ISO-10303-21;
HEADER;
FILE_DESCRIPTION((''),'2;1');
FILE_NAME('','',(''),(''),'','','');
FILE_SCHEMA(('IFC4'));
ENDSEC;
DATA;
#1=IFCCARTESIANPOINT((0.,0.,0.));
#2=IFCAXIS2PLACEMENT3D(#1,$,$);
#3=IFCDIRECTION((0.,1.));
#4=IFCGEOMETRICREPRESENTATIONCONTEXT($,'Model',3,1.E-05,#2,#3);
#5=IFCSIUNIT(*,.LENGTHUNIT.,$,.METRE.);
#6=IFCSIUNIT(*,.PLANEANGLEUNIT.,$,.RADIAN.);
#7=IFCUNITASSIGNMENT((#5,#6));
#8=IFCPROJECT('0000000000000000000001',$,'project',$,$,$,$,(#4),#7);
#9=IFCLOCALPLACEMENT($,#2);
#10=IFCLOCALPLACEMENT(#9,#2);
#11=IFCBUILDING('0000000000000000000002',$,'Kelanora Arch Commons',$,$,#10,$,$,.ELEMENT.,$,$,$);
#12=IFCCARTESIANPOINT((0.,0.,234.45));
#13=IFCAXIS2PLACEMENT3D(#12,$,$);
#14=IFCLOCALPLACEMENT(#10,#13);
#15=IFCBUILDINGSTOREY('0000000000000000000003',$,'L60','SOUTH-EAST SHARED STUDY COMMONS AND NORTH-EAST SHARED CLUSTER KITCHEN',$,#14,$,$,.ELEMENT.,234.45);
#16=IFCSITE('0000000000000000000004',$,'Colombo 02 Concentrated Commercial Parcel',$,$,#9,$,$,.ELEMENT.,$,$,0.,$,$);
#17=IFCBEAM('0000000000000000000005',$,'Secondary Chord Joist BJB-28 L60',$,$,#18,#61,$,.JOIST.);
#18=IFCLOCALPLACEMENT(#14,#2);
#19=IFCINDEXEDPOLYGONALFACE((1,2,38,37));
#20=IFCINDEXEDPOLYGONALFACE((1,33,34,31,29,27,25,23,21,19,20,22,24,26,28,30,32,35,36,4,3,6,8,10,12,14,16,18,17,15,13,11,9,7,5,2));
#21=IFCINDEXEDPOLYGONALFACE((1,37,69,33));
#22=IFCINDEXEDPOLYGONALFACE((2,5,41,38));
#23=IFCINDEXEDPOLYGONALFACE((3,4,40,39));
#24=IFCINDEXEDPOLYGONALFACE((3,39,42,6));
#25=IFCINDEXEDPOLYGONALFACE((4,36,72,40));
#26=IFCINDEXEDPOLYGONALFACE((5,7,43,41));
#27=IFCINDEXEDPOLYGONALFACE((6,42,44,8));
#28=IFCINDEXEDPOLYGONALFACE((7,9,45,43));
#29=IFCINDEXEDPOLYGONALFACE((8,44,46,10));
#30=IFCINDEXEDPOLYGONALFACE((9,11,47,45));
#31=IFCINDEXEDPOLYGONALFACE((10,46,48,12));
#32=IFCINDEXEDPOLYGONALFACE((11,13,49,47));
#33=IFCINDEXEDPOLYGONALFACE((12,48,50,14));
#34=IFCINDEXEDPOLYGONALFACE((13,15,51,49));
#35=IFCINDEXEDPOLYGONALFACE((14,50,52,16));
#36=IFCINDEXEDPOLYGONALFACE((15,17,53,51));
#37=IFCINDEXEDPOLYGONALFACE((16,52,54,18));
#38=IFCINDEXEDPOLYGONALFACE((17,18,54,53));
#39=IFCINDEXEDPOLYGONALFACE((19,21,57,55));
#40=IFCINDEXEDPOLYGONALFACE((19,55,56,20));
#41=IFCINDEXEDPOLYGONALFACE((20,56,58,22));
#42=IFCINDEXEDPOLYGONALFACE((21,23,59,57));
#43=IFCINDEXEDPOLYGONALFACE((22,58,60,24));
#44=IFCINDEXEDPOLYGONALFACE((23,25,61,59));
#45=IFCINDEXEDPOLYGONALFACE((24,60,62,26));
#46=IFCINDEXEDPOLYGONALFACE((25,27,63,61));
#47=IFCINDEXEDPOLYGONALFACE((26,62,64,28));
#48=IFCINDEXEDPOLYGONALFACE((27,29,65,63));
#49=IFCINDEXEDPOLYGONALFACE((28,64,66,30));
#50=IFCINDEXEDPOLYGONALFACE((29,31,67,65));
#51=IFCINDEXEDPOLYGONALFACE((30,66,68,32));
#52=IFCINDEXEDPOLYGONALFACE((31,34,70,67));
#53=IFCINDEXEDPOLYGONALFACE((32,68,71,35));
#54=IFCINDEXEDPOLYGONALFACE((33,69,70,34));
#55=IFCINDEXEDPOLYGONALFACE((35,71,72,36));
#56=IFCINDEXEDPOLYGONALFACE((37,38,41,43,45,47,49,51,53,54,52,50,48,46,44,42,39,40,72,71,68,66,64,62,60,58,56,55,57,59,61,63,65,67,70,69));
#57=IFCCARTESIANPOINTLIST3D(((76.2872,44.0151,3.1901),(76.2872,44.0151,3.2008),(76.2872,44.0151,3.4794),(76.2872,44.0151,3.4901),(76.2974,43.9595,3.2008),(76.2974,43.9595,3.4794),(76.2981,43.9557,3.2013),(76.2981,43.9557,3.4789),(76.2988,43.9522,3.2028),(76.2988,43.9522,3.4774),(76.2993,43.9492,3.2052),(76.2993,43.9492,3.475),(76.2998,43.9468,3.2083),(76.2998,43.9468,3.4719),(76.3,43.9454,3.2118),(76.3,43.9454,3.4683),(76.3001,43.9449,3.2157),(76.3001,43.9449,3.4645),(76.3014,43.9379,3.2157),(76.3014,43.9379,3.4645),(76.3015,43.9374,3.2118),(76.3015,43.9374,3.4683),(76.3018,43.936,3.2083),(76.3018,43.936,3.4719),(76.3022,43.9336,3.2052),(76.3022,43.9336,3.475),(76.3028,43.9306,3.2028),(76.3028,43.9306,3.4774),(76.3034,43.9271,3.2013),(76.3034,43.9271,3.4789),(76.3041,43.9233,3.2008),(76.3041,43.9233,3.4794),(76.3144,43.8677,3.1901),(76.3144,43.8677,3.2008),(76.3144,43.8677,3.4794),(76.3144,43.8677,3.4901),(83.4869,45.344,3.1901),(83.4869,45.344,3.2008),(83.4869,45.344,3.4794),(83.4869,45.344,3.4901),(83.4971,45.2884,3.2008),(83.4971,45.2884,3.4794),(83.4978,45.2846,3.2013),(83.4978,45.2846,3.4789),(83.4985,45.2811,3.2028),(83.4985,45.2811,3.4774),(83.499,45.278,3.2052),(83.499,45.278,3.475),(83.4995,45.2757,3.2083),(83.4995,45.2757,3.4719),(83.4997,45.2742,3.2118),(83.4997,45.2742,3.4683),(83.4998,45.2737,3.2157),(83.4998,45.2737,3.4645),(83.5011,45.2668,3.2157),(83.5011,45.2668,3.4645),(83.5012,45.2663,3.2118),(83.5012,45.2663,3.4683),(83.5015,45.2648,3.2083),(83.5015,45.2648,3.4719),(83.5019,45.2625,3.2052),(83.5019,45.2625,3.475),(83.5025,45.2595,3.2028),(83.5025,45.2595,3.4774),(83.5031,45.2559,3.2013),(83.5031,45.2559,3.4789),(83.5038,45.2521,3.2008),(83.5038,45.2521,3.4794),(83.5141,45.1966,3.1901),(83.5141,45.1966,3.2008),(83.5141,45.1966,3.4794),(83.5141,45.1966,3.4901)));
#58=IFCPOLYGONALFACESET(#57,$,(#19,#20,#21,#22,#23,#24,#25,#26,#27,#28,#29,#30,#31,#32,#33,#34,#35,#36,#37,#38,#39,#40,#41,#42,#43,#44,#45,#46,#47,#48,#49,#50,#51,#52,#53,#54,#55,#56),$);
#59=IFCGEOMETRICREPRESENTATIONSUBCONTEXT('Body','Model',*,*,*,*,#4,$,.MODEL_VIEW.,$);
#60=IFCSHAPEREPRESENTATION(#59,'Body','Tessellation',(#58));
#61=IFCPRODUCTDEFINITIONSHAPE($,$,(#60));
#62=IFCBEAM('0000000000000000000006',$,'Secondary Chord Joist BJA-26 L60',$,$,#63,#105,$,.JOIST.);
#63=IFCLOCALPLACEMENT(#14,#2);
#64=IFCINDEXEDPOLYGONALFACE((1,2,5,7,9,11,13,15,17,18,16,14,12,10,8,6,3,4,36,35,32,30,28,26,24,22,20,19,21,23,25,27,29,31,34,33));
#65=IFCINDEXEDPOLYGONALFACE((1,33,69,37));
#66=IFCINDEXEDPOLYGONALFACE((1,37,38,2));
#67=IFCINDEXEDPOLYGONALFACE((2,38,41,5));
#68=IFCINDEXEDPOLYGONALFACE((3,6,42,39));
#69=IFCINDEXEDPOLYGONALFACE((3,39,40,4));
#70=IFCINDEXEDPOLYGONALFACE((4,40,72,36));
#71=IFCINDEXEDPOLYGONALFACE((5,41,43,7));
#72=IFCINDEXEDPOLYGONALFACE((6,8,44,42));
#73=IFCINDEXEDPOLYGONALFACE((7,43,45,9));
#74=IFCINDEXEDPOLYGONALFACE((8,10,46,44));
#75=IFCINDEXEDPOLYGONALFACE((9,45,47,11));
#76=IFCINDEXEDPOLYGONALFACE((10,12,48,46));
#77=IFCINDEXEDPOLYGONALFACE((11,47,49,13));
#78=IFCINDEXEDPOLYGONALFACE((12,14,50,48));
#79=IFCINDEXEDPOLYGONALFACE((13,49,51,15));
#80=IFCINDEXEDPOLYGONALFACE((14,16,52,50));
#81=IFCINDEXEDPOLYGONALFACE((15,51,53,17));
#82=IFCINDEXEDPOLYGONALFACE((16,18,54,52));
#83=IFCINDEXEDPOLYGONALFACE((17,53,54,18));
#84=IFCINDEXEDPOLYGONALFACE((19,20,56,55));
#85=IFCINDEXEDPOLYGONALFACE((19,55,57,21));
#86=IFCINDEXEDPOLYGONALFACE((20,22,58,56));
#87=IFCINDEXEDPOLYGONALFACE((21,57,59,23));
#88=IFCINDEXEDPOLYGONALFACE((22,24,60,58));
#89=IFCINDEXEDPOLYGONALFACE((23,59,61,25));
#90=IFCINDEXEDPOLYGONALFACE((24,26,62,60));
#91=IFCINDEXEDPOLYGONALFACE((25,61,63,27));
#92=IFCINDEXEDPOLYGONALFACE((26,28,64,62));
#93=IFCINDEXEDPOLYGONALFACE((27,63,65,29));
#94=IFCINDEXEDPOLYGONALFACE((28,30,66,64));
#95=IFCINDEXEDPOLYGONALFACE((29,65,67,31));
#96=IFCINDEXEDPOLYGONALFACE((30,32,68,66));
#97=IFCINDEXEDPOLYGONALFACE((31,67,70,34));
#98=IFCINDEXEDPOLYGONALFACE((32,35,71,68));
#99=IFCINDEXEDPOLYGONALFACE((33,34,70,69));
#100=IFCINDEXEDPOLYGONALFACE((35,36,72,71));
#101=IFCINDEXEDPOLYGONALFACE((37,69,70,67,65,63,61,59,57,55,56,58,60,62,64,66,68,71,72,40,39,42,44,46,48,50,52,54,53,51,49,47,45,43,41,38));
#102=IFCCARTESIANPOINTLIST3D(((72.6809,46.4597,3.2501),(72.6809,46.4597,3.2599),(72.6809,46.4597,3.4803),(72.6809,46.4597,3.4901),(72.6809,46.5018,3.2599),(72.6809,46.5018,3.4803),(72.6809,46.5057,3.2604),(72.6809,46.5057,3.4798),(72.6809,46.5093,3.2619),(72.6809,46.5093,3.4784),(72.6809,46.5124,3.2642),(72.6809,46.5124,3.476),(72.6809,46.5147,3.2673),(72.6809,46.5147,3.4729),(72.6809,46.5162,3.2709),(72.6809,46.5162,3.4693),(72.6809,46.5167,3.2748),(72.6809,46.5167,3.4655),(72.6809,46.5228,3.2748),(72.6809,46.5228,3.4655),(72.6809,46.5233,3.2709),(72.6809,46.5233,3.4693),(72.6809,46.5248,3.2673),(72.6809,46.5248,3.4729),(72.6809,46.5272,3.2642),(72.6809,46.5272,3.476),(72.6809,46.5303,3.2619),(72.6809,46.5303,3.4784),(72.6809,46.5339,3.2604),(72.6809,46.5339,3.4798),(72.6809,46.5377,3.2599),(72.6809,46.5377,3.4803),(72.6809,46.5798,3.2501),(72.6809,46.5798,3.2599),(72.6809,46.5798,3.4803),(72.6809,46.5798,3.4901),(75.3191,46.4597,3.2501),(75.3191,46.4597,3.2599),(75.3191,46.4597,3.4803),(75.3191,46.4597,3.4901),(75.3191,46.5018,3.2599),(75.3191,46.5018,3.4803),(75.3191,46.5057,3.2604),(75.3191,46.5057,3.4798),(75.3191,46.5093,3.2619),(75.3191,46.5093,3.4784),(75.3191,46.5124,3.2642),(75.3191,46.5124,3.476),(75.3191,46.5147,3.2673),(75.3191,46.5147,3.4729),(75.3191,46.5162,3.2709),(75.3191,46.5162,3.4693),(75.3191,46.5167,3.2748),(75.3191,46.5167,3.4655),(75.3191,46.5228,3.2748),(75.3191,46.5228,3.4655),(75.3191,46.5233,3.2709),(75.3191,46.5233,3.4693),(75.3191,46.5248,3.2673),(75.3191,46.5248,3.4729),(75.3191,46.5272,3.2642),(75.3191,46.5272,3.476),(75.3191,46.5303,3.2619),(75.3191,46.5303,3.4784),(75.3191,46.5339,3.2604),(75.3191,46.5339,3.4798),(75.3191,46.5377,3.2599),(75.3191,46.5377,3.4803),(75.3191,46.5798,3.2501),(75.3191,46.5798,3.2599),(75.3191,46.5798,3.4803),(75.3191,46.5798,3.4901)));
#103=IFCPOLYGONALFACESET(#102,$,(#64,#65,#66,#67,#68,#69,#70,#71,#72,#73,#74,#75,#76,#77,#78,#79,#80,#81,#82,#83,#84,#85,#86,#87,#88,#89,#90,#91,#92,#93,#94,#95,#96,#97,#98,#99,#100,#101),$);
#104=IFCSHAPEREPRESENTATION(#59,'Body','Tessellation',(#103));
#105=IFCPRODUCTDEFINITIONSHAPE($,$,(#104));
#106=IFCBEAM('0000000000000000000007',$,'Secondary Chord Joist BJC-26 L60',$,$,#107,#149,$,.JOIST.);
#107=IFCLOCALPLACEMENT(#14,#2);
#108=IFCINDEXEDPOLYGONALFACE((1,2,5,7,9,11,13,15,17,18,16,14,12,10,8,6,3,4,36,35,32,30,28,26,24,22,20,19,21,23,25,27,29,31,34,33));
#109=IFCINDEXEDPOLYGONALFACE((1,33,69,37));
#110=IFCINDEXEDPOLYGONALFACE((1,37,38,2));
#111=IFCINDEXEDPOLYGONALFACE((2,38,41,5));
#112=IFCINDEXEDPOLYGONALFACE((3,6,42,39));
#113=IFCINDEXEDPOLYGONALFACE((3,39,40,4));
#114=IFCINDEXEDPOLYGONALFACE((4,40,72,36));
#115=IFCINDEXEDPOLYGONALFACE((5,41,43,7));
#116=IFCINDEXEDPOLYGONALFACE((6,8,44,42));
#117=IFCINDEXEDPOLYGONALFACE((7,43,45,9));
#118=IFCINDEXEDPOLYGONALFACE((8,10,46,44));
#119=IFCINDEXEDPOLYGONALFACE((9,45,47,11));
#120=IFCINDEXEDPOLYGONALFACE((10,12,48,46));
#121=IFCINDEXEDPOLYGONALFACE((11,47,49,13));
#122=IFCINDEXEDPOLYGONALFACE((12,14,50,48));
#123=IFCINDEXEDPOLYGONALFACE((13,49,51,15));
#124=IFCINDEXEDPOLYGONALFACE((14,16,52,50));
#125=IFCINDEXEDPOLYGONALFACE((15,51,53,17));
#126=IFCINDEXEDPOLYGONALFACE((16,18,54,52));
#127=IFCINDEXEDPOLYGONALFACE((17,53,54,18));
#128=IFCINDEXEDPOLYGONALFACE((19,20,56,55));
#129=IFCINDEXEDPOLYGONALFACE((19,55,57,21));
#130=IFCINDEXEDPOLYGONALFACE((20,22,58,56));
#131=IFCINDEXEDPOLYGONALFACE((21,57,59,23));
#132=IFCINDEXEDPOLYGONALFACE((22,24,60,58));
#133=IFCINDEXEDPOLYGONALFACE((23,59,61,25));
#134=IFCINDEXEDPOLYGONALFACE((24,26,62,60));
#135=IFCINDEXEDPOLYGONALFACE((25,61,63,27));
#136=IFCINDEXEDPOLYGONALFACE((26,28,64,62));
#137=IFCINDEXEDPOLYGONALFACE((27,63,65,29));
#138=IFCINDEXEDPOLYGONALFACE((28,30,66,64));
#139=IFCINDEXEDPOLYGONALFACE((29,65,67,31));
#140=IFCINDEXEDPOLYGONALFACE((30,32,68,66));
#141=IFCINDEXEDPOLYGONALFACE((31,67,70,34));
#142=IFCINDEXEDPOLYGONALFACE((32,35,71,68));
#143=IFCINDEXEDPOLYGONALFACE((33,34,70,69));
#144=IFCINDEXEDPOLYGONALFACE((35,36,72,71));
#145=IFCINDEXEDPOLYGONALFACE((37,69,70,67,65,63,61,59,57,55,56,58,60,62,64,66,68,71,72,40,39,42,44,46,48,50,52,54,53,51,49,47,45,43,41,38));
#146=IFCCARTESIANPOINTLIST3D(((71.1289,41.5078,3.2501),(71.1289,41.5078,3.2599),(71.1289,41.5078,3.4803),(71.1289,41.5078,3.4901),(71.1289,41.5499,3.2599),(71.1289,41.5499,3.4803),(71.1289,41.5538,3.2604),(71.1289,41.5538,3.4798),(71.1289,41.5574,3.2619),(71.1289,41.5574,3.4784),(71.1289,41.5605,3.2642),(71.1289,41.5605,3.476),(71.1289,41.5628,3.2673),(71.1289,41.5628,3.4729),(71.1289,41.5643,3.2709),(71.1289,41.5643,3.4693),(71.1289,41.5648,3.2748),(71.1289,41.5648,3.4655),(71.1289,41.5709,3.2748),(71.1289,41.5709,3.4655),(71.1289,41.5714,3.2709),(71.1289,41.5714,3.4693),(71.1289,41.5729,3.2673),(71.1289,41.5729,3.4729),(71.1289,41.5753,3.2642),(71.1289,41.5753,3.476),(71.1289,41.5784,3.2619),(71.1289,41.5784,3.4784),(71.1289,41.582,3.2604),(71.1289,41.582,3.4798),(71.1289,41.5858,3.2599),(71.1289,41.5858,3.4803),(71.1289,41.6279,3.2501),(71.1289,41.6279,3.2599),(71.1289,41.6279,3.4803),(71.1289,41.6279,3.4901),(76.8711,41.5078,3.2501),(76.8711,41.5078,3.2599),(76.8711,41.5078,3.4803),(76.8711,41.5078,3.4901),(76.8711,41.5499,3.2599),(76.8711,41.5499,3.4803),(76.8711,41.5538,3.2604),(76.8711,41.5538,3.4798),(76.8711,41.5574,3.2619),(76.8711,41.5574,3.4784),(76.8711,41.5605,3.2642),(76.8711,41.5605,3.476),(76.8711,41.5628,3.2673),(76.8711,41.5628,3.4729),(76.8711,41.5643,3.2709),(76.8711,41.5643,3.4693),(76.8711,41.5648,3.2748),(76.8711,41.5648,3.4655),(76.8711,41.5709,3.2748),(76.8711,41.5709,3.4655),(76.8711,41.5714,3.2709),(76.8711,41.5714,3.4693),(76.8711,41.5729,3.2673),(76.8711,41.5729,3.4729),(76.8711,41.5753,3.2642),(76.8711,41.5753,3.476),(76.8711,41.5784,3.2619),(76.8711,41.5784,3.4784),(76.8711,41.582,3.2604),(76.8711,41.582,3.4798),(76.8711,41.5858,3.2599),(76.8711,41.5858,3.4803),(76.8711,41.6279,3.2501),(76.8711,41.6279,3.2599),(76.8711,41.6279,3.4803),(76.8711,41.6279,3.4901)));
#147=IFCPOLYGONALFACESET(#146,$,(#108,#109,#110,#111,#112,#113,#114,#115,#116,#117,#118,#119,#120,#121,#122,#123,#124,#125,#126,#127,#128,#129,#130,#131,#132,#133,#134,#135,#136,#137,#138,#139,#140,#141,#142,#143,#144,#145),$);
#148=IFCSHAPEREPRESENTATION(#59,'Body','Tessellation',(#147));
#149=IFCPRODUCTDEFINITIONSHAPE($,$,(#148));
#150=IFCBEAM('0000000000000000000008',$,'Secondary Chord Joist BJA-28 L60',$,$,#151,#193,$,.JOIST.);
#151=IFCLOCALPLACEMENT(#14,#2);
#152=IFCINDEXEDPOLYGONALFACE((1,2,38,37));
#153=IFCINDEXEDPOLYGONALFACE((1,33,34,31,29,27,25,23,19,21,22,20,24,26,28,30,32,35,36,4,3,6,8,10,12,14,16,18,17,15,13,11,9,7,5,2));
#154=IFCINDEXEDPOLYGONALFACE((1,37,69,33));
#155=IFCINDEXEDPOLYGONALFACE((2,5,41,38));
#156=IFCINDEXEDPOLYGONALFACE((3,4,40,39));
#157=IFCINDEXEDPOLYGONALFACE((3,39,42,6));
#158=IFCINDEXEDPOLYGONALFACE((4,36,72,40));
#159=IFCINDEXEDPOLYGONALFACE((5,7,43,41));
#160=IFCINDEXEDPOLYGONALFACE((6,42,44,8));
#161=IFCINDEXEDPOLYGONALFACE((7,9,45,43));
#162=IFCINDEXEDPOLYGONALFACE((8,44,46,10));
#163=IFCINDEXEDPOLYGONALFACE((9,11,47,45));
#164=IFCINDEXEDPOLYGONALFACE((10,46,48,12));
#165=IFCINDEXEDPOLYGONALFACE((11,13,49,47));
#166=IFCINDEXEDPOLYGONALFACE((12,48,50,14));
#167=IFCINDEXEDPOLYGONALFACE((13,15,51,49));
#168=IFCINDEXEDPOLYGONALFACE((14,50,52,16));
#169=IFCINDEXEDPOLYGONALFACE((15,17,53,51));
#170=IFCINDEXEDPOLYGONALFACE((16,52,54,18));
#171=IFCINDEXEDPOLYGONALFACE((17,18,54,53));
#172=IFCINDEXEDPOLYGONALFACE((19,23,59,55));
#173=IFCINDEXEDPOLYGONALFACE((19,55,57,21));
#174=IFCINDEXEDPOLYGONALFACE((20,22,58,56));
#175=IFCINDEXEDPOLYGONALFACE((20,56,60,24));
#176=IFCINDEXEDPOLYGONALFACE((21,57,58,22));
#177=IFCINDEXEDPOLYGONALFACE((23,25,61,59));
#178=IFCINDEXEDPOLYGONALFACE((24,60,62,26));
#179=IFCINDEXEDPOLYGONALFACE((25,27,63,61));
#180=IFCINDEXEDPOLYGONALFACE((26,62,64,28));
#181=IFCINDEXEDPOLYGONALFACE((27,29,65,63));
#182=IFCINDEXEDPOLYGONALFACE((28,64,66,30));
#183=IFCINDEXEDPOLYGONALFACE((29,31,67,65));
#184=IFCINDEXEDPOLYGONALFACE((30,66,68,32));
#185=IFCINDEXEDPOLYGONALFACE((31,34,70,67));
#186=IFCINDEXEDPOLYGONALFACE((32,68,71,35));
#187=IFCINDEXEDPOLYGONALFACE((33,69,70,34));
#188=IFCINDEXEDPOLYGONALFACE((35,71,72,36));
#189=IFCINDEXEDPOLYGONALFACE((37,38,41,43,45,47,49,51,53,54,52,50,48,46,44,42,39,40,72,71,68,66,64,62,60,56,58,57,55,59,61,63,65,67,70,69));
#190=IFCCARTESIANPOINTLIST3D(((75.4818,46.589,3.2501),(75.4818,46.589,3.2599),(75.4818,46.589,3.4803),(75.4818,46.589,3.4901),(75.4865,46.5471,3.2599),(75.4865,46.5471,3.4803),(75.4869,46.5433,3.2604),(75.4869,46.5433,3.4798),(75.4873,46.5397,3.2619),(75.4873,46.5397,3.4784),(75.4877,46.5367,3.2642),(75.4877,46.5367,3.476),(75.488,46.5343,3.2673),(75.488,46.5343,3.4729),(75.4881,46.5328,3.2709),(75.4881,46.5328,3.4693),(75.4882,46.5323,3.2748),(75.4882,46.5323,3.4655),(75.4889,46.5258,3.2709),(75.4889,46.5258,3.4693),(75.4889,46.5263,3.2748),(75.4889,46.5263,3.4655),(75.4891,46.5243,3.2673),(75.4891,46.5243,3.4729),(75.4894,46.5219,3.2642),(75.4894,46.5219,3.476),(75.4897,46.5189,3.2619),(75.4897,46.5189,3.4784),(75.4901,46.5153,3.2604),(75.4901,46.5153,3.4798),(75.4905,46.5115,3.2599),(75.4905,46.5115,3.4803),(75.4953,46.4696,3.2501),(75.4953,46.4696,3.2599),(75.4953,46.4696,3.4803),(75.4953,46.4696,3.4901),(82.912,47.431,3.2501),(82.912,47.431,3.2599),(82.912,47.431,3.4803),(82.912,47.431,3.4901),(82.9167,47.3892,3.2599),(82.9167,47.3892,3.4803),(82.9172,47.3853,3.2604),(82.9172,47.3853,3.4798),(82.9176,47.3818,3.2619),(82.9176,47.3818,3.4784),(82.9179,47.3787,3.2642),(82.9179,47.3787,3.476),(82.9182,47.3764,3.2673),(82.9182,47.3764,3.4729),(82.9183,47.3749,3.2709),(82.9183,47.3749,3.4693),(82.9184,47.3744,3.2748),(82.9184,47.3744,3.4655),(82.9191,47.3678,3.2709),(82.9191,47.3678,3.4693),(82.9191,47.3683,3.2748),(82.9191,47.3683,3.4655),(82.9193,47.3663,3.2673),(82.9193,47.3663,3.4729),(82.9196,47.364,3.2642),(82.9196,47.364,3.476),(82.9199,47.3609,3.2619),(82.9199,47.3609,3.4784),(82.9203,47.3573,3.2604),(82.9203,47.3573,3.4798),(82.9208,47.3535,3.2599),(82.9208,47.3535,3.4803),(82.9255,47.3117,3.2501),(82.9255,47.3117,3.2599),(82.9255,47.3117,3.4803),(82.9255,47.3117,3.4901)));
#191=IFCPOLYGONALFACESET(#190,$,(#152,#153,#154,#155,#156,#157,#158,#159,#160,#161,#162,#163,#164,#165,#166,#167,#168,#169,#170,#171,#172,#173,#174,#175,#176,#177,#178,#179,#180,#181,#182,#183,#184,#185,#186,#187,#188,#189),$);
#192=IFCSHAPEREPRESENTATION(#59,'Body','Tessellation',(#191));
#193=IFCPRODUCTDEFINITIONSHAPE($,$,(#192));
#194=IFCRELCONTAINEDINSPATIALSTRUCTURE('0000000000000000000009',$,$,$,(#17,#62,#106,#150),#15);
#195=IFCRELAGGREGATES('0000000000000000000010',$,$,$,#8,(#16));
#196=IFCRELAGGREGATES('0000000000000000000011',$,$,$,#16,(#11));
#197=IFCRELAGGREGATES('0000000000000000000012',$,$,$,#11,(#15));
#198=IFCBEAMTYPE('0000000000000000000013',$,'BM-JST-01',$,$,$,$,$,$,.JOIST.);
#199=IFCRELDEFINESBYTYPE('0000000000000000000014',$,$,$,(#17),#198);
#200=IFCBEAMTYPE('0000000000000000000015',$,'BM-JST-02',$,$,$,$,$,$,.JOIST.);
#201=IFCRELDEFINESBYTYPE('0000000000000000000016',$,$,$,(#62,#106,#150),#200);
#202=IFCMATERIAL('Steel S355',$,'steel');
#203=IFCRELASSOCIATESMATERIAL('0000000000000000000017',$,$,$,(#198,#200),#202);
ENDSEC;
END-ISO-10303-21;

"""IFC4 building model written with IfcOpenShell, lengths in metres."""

from ifc_helpers import new_model, si_unit, direction, frame, origin, origin_2d, place, context, subcontext, project, spatial, i_section, extrude, material, material_profile, profile_set, type_object, element, save


model = new_model("IFC4")

# Units and contexts
model_context = context("Model", 3, precision=1e-05, world=origin(), true_north=direction((0.0, 1.0)))
body_context = subcontext(model_context, "Body", "Model", "MODEL_VIEW")
ifc_project = project(units=[si_unit("LENGTHUNIT", "METRE"), si_unit("PLANEANGLEUNIT", "RADIAN")], contexts=[model_context])

# Site, building, storey
site_placement = place(None, origin())
site = spatial("IfcSite", under=ifc_project, at=site_placement, Name="Colombo 02 Concentrated Commercial Parcel", CompositionType="ELEMENT", RefElevation=0.0)
building_placement = place(site_placement, origin())
building = spatial("IfcBuilding", under=site, at=building_placement, Name="Kelanora Arch Commons", CompositionType="ELEMENT")
storey_placement = place(building_placement, frame((0.0, 0.0, 234.45)))
storey = spatial("IfcBuildingStorey", under=building, at=storey_placement, Name="L60", Description="SOUTH-EAST SHARED STUDY COMMONS AND NORTH-EAST SHARED CLUSTER KITCHEN", CompositionType="ELEMENT", Elevation=234.45)

# Beams
ifc_material_1 = material(Name="Steel S355", Category="steel")
ifc_material_profile_1 = material_profile(ifc_material_1, i_section(OverallWidth=0.1499, OverallDepth=0.3, WebThickness=0.0071, FlangeThickness=0.0107, FilletRadius=0.0149, at=origin_2d()), Name="IPE300")
ifc_profile_set_1 = profile_set([ifc_material_profile_1], Name="Steel S355")
beam_type_1 = type_object("IfcBeamType", Name="BM-JST-01", PredefinedType="JOIST", material=ifc_profile_set_1)
beam_1_placement = place(storey_placement, frame((76.3008, 43.9414, 3.3401), z_axis=(0.98339, 0.181505, 0.0), x_axis=(-0.181505, 0.98339, 0.0)))
element("IfcBeam", 1, at=beam_1_placement, inside=storey, type_object=beam_type_1, Name="Secondary Chord Joist BJB-28 L60", PredefinedType="JOIST", context=body_context, shape_type="SweptSolid", body=[
    extrude(i_section(OverallWidth=0.1499, OverallDepth=0.3, WebThickness=0.0071, FlangeThickness=0.0107, FilletRadius=0.0149, at=origin_2d()), origin(), (0.0, 0.0, 1.0), 7.3213),
])
ifc_material_profile_2 = material_profile(ifc_material_1, i_section(OverallWidth=0.1201, OverallDepth=0.24, WebThickness=0.0061, FlangeThickness=0.0098, FilletRadius=0.0149, at=origin_2d()), Name="IPE240")
ifc_profile_set_2 = profile_set([ifc_material_profile_2], Name="Steel S355")
beam_type_2 = type_object("IfcBeamType", Name="BM-JST-02", PredefinedType="JOIST", material=ifc_profile_set_2)
beam_2_placement = place(storey_placement, frame((72.6809, 46.5198, 3.3701), z_axis=(1.0, 0.0, 0.0), x_axis=(0.0, 1.0, 0.0)))
element("IfcBeam", 2, at=beam_2_placement, inside=storey, type_object=beam_type_2, Name="Secondary Chord Joist BJA-26 L60", PredefinedType="JOIST", context=body_context, shape_type="SweptSolid", body=[
    extrude(i_section(OverallWidth=0.1201, OverallDepth=0.24, WebThickness=0.0061, FlangeThickness=0.0098, FilletRadius=0.0149, at=origin_2d()), origin(), (0.0, 0.0, 1.0), 2.6382),
])
beam_3_placement = place(storey_placement, frame((71.1289, 41.5679, 3.3701), z_axis=(1.0, 0.0, 0.0), x_axis=(0.0, 1.0, 0.0)))
element("IfcBeam", 3, at=beam_3_placement, inside=storey, type_object=beam_type_2, Name="Secondary Chord Joist BJC-26 L60", PredefinedType="JOIST", context=body_context, shape_type="SweptSolid", body=[
    extrude(i_section(OverallWidth=0.1201, OverallDepth=0.24, WebThickness=0.0061, FlangeThickness=0.0098, FilletRadius=0.0149, at=origin_2d()), origin(), (0.0, 0.0, 1.0), 5.7422),
])
beam_4_placement = place(storey_placement, frame((75.4885, 46.5293, 3.3701), z_axis=(0.99364, 0.112606, 0.0), x_axis=(-0.112606, 0.99364, 0.0)))
element("IfcBeam", 4, at=beam_4_placement, inside=storey, type_object=beam_type_2, Name="Secondary Chord Joist BJA-28 L60", PredefinedType="JOIST", context=body_context, shape_type="SweptSolid", body=[
    extrude(i_section(OverallWidth=0.1201, OverallDepth=0.24, WebThickness=0.0061, FlangeThickness=0.0098, FilletRadius=0.0149, at=origin_2d()), origin(), (0.0, 0.0, 1.0), 7.4778),
])

save(model, "model.ifc")
